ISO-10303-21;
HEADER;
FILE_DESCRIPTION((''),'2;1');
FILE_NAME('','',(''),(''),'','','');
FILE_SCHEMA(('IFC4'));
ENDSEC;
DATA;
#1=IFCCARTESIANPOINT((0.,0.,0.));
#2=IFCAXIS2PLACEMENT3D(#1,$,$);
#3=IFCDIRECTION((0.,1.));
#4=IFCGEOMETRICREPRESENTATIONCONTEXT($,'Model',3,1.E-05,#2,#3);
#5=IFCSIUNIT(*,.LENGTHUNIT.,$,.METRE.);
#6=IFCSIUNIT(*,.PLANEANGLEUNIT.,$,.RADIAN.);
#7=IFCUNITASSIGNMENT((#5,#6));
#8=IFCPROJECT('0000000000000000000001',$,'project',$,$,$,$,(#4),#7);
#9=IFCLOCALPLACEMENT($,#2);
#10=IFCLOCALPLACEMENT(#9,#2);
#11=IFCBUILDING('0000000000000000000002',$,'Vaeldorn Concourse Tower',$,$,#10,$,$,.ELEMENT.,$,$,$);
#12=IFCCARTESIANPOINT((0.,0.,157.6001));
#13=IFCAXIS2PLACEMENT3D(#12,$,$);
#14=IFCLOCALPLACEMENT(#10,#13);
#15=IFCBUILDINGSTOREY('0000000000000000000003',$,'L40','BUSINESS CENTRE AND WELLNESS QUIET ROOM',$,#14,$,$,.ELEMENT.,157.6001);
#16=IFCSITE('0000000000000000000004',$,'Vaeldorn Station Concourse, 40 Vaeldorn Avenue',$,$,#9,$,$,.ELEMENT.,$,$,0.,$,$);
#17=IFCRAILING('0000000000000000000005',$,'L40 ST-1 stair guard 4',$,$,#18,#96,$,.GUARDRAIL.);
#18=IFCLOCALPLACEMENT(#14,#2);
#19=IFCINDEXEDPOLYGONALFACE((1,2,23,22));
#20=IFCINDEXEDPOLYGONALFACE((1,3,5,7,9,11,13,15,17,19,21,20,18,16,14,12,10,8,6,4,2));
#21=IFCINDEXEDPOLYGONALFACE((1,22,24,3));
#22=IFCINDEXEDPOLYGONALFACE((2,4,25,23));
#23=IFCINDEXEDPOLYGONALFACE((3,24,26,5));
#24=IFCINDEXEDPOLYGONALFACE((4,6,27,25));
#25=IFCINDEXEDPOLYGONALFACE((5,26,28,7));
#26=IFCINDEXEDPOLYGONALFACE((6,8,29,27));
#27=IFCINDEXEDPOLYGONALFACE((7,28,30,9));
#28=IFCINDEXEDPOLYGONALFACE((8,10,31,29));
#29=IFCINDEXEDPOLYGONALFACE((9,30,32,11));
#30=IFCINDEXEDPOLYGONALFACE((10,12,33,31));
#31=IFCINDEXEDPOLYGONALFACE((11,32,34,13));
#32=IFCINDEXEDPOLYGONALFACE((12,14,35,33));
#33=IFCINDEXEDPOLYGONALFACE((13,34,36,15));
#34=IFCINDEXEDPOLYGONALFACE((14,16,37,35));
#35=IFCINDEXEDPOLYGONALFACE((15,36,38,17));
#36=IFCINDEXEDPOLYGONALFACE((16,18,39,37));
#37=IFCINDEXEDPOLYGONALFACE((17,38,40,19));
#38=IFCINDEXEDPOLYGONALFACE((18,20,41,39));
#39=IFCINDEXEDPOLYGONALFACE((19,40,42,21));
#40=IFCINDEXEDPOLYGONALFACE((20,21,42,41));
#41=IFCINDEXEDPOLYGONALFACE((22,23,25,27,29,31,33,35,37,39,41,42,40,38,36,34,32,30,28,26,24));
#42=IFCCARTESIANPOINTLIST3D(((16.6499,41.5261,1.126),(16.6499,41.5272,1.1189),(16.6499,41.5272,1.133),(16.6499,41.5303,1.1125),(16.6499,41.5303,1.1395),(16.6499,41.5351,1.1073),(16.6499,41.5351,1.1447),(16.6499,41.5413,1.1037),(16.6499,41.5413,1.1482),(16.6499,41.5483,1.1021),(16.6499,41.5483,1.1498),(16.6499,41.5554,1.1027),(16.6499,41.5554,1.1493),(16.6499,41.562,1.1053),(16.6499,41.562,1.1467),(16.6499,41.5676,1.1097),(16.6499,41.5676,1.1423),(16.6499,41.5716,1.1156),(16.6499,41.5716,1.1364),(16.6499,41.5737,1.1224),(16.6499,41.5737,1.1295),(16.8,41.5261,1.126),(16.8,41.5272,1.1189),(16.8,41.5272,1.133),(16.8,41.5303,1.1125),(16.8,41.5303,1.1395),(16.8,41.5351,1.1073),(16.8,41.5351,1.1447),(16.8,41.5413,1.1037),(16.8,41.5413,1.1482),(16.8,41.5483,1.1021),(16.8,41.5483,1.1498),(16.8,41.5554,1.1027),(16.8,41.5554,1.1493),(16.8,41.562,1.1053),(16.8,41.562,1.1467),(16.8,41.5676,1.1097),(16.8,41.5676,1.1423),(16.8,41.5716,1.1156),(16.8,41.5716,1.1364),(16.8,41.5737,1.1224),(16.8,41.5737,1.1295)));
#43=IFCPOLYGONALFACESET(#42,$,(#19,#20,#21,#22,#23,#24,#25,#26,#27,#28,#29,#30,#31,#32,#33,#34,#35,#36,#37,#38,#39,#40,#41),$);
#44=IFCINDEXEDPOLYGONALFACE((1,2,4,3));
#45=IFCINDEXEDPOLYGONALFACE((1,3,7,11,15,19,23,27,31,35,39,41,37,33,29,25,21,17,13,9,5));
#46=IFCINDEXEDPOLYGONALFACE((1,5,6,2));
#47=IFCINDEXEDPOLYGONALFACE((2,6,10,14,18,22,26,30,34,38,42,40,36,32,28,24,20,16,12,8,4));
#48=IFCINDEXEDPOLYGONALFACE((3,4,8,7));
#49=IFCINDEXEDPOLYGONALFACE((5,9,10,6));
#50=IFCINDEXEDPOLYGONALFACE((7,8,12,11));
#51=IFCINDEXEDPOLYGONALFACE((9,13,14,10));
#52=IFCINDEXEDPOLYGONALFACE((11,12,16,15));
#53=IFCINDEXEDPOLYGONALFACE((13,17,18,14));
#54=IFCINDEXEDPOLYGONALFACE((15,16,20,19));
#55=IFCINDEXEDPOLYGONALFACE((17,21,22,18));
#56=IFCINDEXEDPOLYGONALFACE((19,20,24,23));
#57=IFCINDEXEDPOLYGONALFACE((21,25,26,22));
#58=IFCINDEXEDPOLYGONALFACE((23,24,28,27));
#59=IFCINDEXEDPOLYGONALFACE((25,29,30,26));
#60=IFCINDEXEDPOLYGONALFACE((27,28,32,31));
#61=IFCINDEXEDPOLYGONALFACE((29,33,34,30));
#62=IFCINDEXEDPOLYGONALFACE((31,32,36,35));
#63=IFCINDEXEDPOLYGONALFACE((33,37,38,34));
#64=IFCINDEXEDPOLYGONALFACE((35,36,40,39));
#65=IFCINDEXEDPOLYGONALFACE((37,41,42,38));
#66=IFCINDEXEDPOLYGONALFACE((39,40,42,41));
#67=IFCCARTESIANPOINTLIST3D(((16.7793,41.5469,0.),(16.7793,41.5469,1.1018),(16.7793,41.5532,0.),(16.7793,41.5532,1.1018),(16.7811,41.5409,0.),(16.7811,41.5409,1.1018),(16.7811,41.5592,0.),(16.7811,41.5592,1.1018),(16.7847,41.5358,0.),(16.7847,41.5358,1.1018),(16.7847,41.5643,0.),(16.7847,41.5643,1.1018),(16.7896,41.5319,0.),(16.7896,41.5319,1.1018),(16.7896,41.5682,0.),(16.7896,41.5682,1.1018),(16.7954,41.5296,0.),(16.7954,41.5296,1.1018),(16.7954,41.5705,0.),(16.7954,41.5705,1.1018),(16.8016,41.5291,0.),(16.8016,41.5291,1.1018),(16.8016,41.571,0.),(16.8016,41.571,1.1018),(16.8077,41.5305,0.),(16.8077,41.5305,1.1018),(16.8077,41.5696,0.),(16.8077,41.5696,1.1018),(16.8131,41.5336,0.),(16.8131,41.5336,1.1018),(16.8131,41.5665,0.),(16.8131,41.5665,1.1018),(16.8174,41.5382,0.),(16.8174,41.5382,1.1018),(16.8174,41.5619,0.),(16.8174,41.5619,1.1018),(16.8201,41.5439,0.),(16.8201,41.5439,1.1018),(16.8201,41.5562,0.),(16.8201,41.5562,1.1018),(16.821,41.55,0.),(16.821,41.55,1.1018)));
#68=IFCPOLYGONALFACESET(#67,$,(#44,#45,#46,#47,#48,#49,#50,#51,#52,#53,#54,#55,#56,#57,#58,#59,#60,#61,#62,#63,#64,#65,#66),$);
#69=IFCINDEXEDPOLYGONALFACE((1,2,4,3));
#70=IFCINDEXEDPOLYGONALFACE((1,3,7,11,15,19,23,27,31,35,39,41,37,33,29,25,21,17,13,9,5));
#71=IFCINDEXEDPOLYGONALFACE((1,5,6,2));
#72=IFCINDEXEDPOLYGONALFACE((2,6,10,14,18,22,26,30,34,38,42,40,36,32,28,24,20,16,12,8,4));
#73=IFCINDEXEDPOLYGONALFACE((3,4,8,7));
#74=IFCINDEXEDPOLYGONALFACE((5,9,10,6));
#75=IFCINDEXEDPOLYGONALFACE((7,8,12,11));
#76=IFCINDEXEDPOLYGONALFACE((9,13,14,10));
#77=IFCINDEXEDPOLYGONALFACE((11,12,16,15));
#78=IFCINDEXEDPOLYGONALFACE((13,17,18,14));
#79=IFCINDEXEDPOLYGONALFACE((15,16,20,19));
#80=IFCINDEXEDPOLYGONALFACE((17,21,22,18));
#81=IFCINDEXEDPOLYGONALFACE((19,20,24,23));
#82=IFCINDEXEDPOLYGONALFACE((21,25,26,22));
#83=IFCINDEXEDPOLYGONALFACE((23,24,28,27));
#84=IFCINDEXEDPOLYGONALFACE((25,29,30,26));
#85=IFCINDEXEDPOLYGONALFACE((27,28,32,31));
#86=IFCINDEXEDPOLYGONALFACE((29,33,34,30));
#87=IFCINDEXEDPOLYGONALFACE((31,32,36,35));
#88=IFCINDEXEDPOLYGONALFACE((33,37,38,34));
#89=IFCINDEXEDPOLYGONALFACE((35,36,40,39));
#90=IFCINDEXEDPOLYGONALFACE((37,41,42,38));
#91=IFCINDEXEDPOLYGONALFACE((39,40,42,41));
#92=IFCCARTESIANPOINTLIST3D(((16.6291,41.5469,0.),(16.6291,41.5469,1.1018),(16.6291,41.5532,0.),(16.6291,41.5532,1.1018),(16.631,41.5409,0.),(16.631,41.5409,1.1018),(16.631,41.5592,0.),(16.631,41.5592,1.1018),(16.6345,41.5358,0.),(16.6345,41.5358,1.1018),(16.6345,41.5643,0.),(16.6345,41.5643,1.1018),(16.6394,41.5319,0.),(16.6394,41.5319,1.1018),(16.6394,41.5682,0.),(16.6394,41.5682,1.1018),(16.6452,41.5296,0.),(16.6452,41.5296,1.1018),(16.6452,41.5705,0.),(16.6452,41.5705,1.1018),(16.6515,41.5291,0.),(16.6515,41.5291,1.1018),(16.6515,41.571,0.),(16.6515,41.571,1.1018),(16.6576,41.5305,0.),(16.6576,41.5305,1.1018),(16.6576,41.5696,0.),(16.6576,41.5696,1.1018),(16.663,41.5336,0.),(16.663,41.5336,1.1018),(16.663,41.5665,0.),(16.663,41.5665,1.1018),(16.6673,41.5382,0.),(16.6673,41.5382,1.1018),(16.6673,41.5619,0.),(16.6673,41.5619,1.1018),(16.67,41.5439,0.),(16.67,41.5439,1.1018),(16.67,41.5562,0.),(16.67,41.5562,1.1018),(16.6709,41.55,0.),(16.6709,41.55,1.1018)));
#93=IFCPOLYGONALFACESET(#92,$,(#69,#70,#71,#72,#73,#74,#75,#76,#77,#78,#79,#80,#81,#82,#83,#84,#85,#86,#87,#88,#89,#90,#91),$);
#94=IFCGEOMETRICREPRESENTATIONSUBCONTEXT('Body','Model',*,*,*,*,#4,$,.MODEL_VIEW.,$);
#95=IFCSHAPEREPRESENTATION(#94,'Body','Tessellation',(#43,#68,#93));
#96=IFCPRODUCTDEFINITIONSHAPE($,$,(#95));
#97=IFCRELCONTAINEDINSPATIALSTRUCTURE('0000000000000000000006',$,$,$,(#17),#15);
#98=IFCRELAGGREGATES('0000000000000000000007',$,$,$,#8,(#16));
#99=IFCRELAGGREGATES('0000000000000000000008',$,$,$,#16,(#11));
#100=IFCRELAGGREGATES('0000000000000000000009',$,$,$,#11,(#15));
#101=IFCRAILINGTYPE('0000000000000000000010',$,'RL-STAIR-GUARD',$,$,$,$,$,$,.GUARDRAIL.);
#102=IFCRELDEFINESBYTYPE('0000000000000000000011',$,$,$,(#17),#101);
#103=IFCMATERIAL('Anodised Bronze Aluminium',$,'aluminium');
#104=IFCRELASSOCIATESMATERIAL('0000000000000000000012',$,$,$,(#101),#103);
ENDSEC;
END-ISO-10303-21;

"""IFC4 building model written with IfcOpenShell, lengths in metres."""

from ifc_helpers import new_model, si_unit, direction, frame, origin, origin_2d, place, context, subcontext, project, spatial, circle, extrude, material, type_object, element, save


model = new_model("IFC4")

# Units and contexts
model_context = context("Model", 3, precision=1e-05, world=origin(), true_north=direction((0.0, 1.0)))
body_context = subcontext(model_context, "Body", "Model", "MODEL_VIEW")
ifc_project = project(units=[si_unit("LENGTHUNIT", "METRE"), si_unit("PLANEANGLEUNIT", "RADIAN")], contexts=[model_context])

# Site, building, storey
site_placement = place(None, origin())
site = spatial("IfcSite", under=ifc_project, at=site_placement, Name="Vaeldorn Station Concourse, 40 Vaeldorn Avenue", CompositionType="ELEMENT", RefElevation=0.0)
building_placement = place(site_placement, origin())
building = spatial("IfcBuilding", under=site, at=building_placement, Name="Vaeldorn Concourse Tower", CompositionType="ELEMENT")
storey_placement = place(building_placement, frame((0.0, 0.0, 157.6001)))
storey = spatial("IfcBuildingStorey", under=building, at=storey_placement, Name="L40", Description="BUSINESS CENTRE AND WELLNESS QUIET ROOM", CompositionType="ELEMENT", Elevation=157.6001)

# Railing
ifc_material_1 = material(Name="Anodised Bronze Aluminium", Category="aluminium")
railing_type_1 = type_object("IfcRailingType", Name="RL-STAIR-GUARD", PredefinedType="GUARDRAIL", material=ifc_material_1)
railing_1_placement = place(storey_placement, frame((16.8, 41.55, 0.0)))
element("IfcRailing", 1, at=railing_1_placement, inside=storey, type_object=railing_type_1, Name="L40 ST-1 stair guard 4", PredefinedType="GUARDRAIL", context=body_context, shape_type="SweptSolid", body=[
    extrude(circle(Radius=0.0239, at=origin_2d()), frame((0.0, 0.0, 1.126), z_axis=(-1.0, 0.0, 0.0), x_axis=(0.0, -1.0, 0.0)), (0.0, 0.0, 1.0), 0.1501),
    extrude(circle(Radius=0.021, at=origin_2d()), origin(), (0.0, 0.0, 1.0), 1.1018),
    extrude(circle(Radius=0.021, at=origin_2d()), frame((-0.1501, 0.0, 0.0)), (0.0, 0.0, 1.0), 1.1018),
])

save(model, "model.ifc")
